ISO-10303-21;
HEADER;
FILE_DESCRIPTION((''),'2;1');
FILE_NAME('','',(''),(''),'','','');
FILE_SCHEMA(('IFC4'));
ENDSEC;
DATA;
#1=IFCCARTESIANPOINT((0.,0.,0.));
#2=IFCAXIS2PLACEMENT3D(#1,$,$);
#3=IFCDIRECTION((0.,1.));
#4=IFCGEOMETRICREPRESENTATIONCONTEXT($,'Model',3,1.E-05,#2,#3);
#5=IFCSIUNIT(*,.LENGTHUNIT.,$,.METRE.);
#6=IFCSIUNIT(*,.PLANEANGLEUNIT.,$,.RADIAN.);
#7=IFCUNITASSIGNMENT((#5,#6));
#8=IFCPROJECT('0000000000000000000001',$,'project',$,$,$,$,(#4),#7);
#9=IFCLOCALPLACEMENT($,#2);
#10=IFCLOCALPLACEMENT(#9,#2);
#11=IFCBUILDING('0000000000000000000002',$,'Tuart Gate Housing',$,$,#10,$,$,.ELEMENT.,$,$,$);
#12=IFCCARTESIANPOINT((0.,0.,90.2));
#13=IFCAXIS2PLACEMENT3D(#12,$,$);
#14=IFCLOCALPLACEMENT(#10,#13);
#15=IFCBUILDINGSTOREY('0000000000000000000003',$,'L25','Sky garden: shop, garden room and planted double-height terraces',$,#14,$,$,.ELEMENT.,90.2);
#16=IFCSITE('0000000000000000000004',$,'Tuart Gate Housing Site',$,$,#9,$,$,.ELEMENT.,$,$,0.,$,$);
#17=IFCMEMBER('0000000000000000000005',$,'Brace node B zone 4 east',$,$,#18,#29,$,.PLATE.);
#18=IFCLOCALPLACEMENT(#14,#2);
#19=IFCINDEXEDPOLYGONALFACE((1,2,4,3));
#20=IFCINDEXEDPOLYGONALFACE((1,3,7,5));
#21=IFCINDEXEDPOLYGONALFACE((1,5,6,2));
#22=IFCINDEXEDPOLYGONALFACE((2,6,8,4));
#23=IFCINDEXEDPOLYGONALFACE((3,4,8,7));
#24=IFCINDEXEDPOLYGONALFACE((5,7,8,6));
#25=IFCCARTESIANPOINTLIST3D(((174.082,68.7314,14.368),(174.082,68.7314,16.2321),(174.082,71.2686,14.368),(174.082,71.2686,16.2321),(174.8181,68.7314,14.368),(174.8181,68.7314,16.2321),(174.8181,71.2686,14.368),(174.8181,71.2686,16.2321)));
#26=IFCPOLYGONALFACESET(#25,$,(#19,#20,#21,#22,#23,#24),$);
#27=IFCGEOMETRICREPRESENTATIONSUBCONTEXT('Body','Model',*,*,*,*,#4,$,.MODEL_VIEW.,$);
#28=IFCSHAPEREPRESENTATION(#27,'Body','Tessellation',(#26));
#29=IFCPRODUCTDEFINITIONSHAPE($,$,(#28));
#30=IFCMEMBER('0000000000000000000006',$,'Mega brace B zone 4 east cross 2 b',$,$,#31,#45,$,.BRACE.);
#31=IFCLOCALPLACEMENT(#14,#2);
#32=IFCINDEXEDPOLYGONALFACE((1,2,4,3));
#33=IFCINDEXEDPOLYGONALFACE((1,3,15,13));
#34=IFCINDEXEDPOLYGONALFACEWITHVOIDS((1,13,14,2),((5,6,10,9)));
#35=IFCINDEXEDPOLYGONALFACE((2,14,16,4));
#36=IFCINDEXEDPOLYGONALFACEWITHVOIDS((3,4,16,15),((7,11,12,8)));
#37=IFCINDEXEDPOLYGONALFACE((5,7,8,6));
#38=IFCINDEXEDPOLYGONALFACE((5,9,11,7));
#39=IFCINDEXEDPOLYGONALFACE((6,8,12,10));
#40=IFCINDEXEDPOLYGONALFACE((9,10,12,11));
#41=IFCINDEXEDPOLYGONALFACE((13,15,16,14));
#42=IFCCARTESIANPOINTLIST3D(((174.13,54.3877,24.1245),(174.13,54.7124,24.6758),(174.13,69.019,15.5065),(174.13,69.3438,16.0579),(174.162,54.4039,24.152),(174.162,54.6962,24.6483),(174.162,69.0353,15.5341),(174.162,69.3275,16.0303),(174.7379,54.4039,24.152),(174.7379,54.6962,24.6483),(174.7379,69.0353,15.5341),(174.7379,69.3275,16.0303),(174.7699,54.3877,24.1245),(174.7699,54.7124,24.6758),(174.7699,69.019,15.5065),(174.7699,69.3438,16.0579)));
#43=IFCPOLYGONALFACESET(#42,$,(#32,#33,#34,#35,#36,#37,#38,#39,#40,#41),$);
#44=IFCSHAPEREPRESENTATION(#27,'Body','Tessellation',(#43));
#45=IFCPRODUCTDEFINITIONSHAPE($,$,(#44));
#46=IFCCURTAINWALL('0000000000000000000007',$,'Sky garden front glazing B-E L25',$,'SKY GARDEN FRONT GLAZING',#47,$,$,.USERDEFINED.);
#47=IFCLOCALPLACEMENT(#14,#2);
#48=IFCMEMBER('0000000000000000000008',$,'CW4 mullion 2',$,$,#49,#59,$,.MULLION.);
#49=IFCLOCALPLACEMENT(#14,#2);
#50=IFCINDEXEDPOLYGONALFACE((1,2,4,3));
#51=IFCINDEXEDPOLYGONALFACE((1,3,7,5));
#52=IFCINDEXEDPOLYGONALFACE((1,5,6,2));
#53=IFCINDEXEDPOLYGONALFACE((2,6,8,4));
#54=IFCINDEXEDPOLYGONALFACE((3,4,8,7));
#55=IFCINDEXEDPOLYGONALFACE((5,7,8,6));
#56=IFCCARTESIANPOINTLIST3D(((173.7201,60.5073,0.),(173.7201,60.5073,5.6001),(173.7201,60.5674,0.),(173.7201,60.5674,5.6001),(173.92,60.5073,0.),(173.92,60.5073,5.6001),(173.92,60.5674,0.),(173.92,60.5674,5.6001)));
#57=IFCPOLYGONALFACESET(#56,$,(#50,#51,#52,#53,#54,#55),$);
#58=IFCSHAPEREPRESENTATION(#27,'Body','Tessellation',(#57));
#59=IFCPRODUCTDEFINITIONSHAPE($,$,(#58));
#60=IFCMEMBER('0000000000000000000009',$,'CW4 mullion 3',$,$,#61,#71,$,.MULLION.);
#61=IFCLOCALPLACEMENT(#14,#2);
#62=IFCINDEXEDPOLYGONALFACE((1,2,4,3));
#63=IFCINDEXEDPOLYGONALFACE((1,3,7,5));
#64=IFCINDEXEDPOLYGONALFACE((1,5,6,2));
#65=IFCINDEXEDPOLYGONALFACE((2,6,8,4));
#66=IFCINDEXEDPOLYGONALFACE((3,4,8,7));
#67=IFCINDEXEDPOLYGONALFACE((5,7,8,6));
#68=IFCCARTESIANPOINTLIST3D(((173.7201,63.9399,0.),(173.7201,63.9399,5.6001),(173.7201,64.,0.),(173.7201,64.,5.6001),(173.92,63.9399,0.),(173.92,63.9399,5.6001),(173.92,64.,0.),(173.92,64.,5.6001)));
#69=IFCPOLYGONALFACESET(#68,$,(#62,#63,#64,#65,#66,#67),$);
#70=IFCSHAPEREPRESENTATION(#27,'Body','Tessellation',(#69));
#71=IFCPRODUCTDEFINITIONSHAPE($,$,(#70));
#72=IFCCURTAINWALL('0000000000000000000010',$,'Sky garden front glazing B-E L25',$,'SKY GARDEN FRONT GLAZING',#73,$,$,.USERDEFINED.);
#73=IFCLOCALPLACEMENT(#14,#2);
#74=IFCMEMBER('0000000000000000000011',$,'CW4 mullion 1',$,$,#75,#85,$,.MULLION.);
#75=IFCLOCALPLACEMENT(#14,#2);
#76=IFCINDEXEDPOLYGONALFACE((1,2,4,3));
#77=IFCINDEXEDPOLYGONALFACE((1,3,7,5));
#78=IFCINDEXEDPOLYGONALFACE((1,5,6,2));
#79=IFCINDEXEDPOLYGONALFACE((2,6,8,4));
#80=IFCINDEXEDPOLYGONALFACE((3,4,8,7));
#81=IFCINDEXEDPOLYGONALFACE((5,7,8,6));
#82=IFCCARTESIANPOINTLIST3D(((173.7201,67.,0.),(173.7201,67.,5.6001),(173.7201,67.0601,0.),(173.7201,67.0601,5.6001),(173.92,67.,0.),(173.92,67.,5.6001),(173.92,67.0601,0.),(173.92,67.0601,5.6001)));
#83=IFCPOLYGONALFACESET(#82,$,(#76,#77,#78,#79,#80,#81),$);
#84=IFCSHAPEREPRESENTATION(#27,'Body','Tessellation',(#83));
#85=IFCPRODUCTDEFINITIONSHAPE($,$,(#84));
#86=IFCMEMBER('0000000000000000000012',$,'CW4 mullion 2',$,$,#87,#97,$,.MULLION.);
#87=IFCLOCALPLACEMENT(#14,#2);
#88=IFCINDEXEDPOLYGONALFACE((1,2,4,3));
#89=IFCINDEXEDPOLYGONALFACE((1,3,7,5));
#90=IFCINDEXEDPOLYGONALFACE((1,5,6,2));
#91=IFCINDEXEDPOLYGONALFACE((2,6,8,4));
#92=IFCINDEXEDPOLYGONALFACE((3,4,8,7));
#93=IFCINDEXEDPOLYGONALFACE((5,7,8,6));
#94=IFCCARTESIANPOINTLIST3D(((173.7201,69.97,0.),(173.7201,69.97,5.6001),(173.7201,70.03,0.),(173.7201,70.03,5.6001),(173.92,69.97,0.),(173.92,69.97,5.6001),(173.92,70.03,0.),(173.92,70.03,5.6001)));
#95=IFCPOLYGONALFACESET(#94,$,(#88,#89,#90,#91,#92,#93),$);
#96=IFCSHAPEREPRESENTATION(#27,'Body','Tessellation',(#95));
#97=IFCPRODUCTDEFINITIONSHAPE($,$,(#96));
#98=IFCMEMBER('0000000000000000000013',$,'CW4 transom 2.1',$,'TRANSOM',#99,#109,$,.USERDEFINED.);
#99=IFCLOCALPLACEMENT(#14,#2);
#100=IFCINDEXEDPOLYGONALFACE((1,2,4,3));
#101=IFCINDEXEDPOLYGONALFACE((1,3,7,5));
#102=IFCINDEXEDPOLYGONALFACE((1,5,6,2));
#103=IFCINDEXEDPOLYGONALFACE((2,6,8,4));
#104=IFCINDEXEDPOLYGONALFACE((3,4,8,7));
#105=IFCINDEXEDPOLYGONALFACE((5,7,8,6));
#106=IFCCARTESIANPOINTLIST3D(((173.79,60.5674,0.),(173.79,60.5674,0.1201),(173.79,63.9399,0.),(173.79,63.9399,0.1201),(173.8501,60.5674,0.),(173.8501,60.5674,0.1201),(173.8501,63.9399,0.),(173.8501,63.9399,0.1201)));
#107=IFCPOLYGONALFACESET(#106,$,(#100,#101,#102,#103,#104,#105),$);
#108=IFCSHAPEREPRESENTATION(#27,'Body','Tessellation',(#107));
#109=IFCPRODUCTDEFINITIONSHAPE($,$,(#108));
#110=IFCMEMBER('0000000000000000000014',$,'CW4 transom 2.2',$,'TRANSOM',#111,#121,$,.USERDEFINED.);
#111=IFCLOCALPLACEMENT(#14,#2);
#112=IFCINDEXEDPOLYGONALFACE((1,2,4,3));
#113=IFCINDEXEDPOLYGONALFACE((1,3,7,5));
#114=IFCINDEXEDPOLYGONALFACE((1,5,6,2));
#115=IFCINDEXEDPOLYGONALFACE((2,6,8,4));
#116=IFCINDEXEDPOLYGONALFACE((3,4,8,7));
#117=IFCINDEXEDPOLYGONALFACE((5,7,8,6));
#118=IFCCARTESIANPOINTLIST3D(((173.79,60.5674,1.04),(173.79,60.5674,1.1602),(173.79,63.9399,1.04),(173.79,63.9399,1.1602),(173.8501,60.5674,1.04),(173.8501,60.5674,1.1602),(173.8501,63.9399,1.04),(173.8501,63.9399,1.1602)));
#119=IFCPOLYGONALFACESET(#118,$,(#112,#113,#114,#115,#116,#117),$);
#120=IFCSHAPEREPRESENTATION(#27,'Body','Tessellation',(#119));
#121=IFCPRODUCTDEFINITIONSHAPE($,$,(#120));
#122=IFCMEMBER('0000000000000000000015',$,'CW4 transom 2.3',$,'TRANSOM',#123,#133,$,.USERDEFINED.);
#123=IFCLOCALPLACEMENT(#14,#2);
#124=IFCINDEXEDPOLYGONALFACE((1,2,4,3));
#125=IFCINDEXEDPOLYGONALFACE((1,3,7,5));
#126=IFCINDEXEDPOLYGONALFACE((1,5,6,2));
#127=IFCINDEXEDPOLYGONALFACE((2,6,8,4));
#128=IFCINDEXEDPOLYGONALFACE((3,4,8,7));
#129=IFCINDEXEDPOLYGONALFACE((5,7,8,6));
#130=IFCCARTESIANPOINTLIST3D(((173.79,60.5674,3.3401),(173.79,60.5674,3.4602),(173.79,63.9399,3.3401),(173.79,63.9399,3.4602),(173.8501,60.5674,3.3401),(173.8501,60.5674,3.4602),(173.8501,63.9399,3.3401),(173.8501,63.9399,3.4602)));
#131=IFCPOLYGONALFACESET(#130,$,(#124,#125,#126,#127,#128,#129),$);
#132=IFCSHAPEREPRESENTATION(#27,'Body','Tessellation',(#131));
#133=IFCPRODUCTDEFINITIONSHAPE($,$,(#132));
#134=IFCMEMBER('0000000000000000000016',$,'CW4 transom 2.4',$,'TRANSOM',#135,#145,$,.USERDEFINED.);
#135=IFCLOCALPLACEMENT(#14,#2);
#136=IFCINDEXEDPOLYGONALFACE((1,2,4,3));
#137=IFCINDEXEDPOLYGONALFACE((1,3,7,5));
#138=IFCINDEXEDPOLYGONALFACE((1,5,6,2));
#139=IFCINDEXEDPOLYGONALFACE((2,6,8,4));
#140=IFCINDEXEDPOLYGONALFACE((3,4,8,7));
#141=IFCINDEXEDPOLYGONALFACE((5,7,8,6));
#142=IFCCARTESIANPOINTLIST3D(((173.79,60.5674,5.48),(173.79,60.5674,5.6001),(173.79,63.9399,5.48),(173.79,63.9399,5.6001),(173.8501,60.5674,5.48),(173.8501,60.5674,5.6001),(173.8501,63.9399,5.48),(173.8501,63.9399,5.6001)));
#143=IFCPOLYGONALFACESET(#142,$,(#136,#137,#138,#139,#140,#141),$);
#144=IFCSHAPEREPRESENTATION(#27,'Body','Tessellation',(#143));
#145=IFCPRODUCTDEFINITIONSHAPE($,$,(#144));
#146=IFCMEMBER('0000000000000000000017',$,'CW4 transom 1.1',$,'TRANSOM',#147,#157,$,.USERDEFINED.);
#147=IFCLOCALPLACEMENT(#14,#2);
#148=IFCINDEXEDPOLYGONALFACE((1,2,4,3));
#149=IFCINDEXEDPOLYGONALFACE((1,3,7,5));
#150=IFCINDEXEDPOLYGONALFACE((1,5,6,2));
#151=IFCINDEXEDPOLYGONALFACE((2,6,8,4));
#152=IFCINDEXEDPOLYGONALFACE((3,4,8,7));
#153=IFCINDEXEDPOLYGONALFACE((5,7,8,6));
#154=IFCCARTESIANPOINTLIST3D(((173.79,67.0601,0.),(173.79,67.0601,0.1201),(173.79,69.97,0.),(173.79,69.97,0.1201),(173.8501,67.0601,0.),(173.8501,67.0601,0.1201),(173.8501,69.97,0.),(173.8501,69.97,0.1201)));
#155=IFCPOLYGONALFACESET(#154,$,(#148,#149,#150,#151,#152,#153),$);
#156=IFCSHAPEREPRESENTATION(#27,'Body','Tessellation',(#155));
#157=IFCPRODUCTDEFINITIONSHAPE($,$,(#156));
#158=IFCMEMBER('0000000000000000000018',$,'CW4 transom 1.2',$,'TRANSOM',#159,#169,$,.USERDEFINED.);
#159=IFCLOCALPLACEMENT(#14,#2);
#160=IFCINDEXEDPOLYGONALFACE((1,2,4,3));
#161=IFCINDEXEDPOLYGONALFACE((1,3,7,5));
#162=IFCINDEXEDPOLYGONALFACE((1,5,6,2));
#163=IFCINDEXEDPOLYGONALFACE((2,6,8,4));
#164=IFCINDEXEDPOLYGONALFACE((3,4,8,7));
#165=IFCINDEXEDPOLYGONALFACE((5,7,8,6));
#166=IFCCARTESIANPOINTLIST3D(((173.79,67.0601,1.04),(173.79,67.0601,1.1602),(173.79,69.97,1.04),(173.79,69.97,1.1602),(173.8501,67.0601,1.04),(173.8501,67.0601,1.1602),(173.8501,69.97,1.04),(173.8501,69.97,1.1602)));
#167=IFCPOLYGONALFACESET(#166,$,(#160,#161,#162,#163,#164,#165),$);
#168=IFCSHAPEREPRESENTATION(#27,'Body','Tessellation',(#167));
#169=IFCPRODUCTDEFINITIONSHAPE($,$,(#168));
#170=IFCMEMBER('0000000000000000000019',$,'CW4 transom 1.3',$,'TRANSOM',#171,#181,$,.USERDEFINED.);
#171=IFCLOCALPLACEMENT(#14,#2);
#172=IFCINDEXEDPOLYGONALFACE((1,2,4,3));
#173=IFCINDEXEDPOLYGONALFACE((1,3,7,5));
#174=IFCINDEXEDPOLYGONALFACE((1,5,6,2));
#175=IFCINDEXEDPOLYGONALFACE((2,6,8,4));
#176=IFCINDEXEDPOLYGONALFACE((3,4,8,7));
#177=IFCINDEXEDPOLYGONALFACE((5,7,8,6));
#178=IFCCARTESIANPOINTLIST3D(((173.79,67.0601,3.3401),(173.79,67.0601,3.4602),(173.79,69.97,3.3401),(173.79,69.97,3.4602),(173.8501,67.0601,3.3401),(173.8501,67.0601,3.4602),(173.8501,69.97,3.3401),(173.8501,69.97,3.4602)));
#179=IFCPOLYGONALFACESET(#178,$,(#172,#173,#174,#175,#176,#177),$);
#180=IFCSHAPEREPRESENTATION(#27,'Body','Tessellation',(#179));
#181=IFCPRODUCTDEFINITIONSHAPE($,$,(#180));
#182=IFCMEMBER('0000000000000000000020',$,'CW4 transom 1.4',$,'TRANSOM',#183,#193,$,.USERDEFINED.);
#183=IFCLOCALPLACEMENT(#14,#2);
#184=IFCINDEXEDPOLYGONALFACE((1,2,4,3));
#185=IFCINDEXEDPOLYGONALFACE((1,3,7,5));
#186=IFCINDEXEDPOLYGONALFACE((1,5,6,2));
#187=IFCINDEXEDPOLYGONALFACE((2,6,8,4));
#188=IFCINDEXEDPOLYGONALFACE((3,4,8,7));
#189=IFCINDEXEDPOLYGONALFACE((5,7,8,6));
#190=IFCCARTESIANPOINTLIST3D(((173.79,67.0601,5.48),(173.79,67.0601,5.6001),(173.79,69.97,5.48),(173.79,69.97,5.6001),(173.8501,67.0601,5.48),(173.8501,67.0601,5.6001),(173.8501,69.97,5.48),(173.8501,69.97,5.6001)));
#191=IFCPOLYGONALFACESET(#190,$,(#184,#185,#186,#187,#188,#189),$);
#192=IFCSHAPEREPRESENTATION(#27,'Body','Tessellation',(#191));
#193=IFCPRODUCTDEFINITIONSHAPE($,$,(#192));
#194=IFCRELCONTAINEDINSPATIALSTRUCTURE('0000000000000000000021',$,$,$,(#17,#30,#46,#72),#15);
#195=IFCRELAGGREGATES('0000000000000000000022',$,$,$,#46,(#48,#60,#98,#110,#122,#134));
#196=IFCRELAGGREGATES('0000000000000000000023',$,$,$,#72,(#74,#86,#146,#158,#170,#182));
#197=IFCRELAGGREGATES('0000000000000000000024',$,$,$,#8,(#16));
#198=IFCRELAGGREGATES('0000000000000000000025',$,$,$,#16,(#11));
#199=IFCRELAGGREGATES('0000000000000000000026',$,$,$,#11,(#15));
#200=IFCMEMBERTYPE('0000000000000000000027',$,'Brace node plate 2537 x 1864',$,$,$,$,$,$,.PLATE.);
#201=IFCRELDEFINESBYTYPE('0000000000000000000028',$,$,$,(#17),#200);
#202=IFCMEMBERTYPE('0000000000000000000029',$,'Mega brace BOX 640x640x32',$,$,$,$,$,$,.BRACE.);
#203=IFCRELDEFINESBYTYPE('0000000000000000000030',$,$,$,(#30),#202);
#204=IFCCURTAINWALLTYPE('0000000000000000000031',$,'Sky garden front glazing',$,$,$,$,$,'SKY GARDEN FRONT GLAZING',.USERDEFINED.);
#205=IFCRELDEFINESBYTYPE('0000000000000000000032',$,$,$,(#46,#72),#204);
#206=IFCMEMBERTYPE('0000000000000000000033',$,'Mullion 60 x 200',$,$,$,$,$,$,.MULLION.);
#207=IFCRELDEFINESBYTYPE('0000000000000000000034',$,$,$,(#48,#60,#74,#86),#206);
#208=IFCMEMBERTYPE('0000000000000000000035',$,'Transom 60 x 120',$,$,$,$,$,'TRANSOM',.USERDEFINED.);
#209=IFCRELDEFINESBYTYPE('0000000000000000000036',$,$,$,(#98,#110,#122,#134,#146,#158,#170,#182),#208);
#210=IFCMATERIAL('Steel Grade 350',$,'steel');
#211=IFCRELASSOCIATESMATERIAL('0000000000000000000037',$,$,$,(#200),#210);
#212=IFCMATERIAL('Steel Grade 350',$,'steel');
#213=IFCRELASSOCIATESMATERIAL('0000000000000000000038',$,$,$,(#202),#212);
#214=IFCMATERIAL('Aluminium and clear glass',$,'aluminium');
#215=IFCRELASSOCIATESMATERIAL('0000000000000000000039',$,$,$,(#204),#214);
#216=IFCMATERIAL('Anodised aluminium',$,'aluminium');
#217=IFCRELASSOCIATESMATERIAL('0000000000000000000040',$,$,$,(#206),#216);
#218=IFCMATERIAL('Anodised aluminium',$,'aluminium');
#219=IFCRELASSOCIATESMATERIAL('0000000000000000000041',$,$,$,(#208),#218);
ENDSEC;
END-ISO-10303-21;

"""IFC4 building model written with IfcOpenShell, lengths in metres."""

from ifc_helpers import new_model, si_unit, direction, frame, origin, origin_2d, place, context, subcontext, project, spatial, rectangle, hollow_rectangle, extrude, material, material_profile, profile_set, type_object, element, aggregate, save


model = new_model("IFC4")

# Units and contexts
model_context = context("Model", 3, precision=1e-05, world=origin(), true_north=direction((0.0, 1.0)))
body_context = subcontext(model_context, "Body", "Model", "MODEL_VIEW")
ifc_project = project(units=[si_unit("LENGTHUNIT", "METRE"), si_unit("PLANEANGLEUNIT", "RADIAN")], contexts=[model_context])

# Site, building, storey
site_placement = place(None, origin())
site = spatial("IfcSite", under=ifc_project, at=site_placement, Name="Tuart Gate Housing Site", CompositionType="ELEMENT", RefElevation=0.0)
building_placement = place(site_placement, origin())
building = spatial("IfcBuilding", under=site, at=building_placement, Name="Tuart Gate Housing", CompositionType="ELEMENT")
storey_placement = place(building_placement, frame((0.0, 0.0, 90.2)))
storey = spatial("IfcBuildingStorey", under=building, at=storey_placement, Name="L25", Description="Sky garden: shop, garden room and planted double-height terraces", CompositionType="ELEMENT", Elevation=90.2)

# Members
ifc_material_1 = material(Name="Steel Grade 350", Category="steel")
ifc_material_profile_1 = material_profile(ifc_material_1, rectangle(XDim=2.5371, YDim=1.864, at=origin_2d()), Name="Brace node plate 2537 x 1864")
ifc_profile_set_1 = profile_set([ifc_material_profile_1], Name="Steel Grade 350")
member_type_1 = type_object("IfcMemberType", Name="Brace node plate 2537 x 1864", PredefinedType="PLATE", material=ifc_profile_set_1)
member_1_placement = place(storey_placement, frame((174.082, 70.0, 15.3), z_axis=(1.0, 0.0, 0.0), x_axis=(0.0, 1.0, 0.0)))
element("IfcMember", 1, at=member_1_placement, inside=storey, type_object=member_type_1, Name="Brace node B zone 4 east", PredefinedType="PLATE", context=body_context, shape_type="SweptSolid", body=[
    extrude(rectangle(XDim=2.5371, YDim=1.864, at=origin_2d()), origin(), (0.0, 0.0, 1.0), 0.7361),
])
ifc_material_2 = material(Name="Steel Grade 350", Category="steel")
ifc_material_profile_2 = material_profile(ifc_material_2, hollow_rectangle(XDim=0.6399, YDim=0.6399, WallThickness=0.032, at=origin_2d()), Name="BOX 640x640x32")
ifc_profile_set_2 = profile_set([ifc_material_profile_2], Name="Steel Grade 350")
member_type_2 = type_object("IfcMemberType", Name="Mega brace BOX 640x640x32", PredefinedType="BRACE", material=ifc_profile_set_2)
member_2_placement = place(storey_placement, frame((174.45, 69.1814, 15.7822), z_axis=(0.0, -0.861645, 0.507512), x_axis=(1.0, 0.0, 0.0)))
element("IfcMember", 2, at=member_2_placement, inside=storey, type_object=member_type_2, Name="Mega brace B zone 4 east cross 2 b", PredefinedType="BRACE", context=body_context, shape_type="SweptSolid", body=[
    extrude(hollow_rectangle(XDim=0.6399, YDim=0.6399, WallThickness=0.032, at=origin_2d()), origin(), (0.0, 0.0, 1.0), 16.9807),
])

# Curtain walls, members
ifc_material_3 = material(Name="Aluminium and clear glass", Category="aluminium")
curtain_wall_type = type_object("IfcCurtainWallType", Name="Sky garden front glazing", ElementType="SKY GARDEN FRONT GLAZING", PredefinedType="USERDEFINED", material=ifc_material_3)
curtain_wall_1_placement = place(storey_placement, origin())
curtain_wall_1 = element("IfcCurtainWall", 3, at=curtain_wall_1_placement, inside=storey, type_object=curtain_wall_type, Name="Sky garden front glazing B-E L25", ObjectType="SKY GARDEN FRONT GLAZING", PredefinedType="USERDEFINED")
ifc_material_4 = material(Name="Anodised aluminium", Category="aluminium")
ifc_material_profile_3 = material_profile(ifc_material_4, rectangle(XDim=0.0601, YDim=0.2, at=origin_2d()), Name="60x200")
ifc_profile_set_3 = profile_set([ifc_material_profile_3], Name="Anodised aluminium")
member_type_3 = type_object("IfcMemberType", Name="Mullion 60 x 200", PredefinedType="MULLION", material=ifc_profile_set_3)
member_3_placement = place(storey_placement, frame((173.8201, 60.5374, 0.0), z_axis=(0.0, 0.0, 1.0), x_axis=(0.0, 1.0, 0.0)))
member_3 = element("IfcMember", 4, at=member_3_placement, type_object=member_type_3, Name="CW4 mullion 2", PredefinedType="MULLION", context=body_context, shape_type="SweptSolid", body=[
    extrude(rectangle(XDim=0.0601, YDim=0.2, at=origin_2d()), origin(), (0.0, 0.0, 1.0), 5.6001),
])
member_4_placement = place(storey_placement, frame((173.8201, 63.97, 0.0), z_axis=(0.0, 0.0, 1.0), x_axis=(0.0, 1.0, 0.0)))
member_4 = element("IfcMember", 5, at=member_4_placement, type_object=member_type_3, Name="CW4 mullion 3", PredefinedType="MULLION", context=body_context, shape_type="SweptSolid", body=[
    extrude(rectangle(XDim=0.0601, YDim=0.2, at=origin_2d()), origin(), (0.0, 0.0, 1.0), 5.6001),
])
curtain_wall_2_placement = place(storey_placement, origin())
curtain_wall_2 = element("IfcCurtainWall", 6, at=curtain_wall_2_placement, inside=storey, type_object=curtain_wall_type, Name="Sky garden front glazing B-E L25", ObjectType="SKY GARDEN FRONT GLAZING", PredefinedType="USERDEFINED")
member_5_placement = place(storey_placement, frame((173.8201, 67.03, 0.0), z_axis=(0.0, 0.0, 1.0), x_axis=(0.0, 1.0, 0.0)))
member_5 = element("IfcMember", 7, at=member_5_placement, type_object=member_type_3, Name="CW4 mullion 1", PredefinedType="MULLION", context=body_context, shape_type="SweptSolid", body=[
    extrude(rectangle(XDim=0.0601, YDim=0.2, at=origin_2d()), origin(), (0.0, 0.0, 1.0), 5.6001),
])
member_6_placement = place(storey_placement, frame((173.8201, 70.0, 0.0), z_axis=(0.0, 0.0, 1.0), x_axis=(0.0, 1.0, 0.0)))
member_6 = element("IfcMember", 8, at=member_6_placement, type_object=member_type_3, Name="CW4 mullion 2", PredefinedType="MULLION", context=body_context, shape_type="SweptSolid", body=[
    extrude(rectangle(XDim=0.0601, YDim=0.2, at=origin_2d()), origin(), (0.0, 0.0, 1.0), 5.6001),
])

# Members
ifc_material_5 = material(Name="Anodised aluminium", Category="aluminium")
ifc_material_profile_4 = material_profile(ifc_material_5, rectangle(XDim=0.0601, YDim=0.1201, at=origin_2d()), Name="60x120")
ifc_profile_set_4 = profile_set([ifc_material_profile_4], Name="Anodised aluminium")
member_type_4 = type_object("IfcMemberType", Name="Transom 60 x 120", ElementType="TRANSOM", PredefinedType="USERDEFINED", material=ifc_profile_set_4)
member_7_placement = place(storey_placement, frame((173.8201, 60.5674, 0.0601), z_axis=(0.0, 1.0, 0.0), x_axis=(-1.0, 0.0, 0.0)))
member_7 = element("IfcMember", 9, at=member_7_placement, type_object=member_type_4, Name="CW4 transom 2.1", ObjectType="TRANSOM", PredefinedType="USERDEFINED", context=body_context, shape_type="SweptSolid", body=[
    extrude(rectangle(XDim=0.0601, YDim=0.1201, at=origin_2d()), origin(), (0.0, 0.0, 1.0), 3.3726),
])
member_8_placement = place(storey_placement, frame((173.8201, 60.5674, 1.1001), z_axis=(0.0, 1.0, 0.0), x_axis=(-1.0, 0.0, 0.0)))
member_8 = element("IfcMember", 10, at=member_8_placement, type_object=member_type_4, Name="CW4 transom 2.2", ObjectType="TRANSOM", PredefinedType="USERDEFINED", context=body_context, shape_type="SweptSolid", body=[
    extrude(rectangle(XDim=0.0601, YDim=0.1201, at=origin_2d()), origin(), (0.0, 0.0, 1.0), 3.3726),
])
member_9_placement = place(storey_placement, frame((173.8201, 60.5674, 3.4001), z_axis=(0.0, 1.0, 0.0), x_axis=(-1.0, 0.0, 0.0)))
member_9 = element("IfcMember", 11, at=member_9_placement, type_object=member_type_4, Name="CW4 transom 2.3", ObjectType="TRANSOM", PredefinedType="USERDEFINED", context=body_context, shape_type="SweptSolid", body=[
    extrude(rectangle(XDim=0.0601, YDim=0.1201, at=origin_2d()), origin(), (0.0, 0.0, 1.0), 3.3726),
])
member_10_placement = place(storey_placement, frame((173.8201, 60.5674, 5.54), z_axis=(0.0, 1.0, 0.0), x_axis=(-1.0, 0.0, 0.0)))
member_10 = element("IfcMember", 12, at=member_10_placement, type_object=member_type_4, Name="CW4 transom 2.4", ObjectType="TRANSOM", PredefinedType="USERDEFINED", context=body_context, shape_type="SweptSolid", body=[
    extrude(rectangle(XDim=0.0601, YDim=0.1201, at=origin_2d()), origin(), (0.0, 0.0, 1.0), 3.3726),
])
member_11_placement = place(storey_placement, frame((173.8201, 67.0601, 0.0601), z_axis=(0.0, 1.0, 0.0), x_axis=(-1.0, 0.0, 0.0)))
member_11 = element("IfcMember", 13, at=member_11_placement, type_object=member_type_4, Name="CW4 transom 1.1", ObjectType="TRANSOM", PredefinedType="USERDEFINED", context=body_context, shape_type="SweptSolid", body=[
    extrude(rectangle(XDim=0.0601, YDim=0.1201, at=origin_2d()), origin(), (0.0, 0.0, 1.0), 2.9099),
])
member_12_placement = place(storey_placement, frame((173.8201, 67.0601, 1.1001), z_axis=(0.0, 1.0, 0.0), x_axis=(-1.0, 0.0, 0.0)))
member_12 = element("IfcMember", 14, at=member_12_placement, type_object=member_type_4, Name="CW4 transom 1.2", ObjectType="TRANSOM", PredefinedType="USERDEFINED", context=body_context, shape_type="SweptSolid", body=[
    extrude(rectangle(XDim=0.0601, YDim=0.1201, at=origin_2d()), origin(), (0.0, 0.0, 1.0), 2.9099),
])
member_13_placement = place(storey_placement, frame((173.8201, 67.0601, 3.4001), z_axis=(0.0, 1.0, 0.0), x_axis=(-1.0, 0.0, 0.0)))
member_13 = element("IfcMember", 15, at=member_13_placement, type_object=member_type_4, Name="CW4 transom 1.3", ObjectType="TRANSOM", PredefinedType="USERDEFINED", context=body_context, shape_type="SweptSolid", body=[
    extrude(rectangle(XDim=0.0601, YDim=0.1201, at=origin_2d()), origin(), (0.0, 0.0, 1.0), 2.9099),
])
member_14_placement = place(storey_placement, frame((173.8201, 67.0601, 5.54), z_axis=(0.0, 1.0, 0.0), x_axis=(-1.0, 0.0, 0.0)))
member_14 = element("IfcMember", 16, at=member_14_placement, type_object=member_type_4, Name="CW4 transom 1.4", ObjectType="TRANSOM", PredefinedType="USERDEFINED", context=body_context, shape_type="SweptSolid", body=[
    extrude(rectangle(XDim=0.0601, YDim=0.1201, at=origin_2d()), origin(), (0.0, 0.0, 1.0), 2.9099),
])

aggregate(curtain_wall_1, [member_3, member_4, member_7, member_8, member_9, member_10])
aggregate(curtain_wall_2, [member_5, member_6, member_11, member_12, member_13, member_14])

save(model, "model.ifc")
